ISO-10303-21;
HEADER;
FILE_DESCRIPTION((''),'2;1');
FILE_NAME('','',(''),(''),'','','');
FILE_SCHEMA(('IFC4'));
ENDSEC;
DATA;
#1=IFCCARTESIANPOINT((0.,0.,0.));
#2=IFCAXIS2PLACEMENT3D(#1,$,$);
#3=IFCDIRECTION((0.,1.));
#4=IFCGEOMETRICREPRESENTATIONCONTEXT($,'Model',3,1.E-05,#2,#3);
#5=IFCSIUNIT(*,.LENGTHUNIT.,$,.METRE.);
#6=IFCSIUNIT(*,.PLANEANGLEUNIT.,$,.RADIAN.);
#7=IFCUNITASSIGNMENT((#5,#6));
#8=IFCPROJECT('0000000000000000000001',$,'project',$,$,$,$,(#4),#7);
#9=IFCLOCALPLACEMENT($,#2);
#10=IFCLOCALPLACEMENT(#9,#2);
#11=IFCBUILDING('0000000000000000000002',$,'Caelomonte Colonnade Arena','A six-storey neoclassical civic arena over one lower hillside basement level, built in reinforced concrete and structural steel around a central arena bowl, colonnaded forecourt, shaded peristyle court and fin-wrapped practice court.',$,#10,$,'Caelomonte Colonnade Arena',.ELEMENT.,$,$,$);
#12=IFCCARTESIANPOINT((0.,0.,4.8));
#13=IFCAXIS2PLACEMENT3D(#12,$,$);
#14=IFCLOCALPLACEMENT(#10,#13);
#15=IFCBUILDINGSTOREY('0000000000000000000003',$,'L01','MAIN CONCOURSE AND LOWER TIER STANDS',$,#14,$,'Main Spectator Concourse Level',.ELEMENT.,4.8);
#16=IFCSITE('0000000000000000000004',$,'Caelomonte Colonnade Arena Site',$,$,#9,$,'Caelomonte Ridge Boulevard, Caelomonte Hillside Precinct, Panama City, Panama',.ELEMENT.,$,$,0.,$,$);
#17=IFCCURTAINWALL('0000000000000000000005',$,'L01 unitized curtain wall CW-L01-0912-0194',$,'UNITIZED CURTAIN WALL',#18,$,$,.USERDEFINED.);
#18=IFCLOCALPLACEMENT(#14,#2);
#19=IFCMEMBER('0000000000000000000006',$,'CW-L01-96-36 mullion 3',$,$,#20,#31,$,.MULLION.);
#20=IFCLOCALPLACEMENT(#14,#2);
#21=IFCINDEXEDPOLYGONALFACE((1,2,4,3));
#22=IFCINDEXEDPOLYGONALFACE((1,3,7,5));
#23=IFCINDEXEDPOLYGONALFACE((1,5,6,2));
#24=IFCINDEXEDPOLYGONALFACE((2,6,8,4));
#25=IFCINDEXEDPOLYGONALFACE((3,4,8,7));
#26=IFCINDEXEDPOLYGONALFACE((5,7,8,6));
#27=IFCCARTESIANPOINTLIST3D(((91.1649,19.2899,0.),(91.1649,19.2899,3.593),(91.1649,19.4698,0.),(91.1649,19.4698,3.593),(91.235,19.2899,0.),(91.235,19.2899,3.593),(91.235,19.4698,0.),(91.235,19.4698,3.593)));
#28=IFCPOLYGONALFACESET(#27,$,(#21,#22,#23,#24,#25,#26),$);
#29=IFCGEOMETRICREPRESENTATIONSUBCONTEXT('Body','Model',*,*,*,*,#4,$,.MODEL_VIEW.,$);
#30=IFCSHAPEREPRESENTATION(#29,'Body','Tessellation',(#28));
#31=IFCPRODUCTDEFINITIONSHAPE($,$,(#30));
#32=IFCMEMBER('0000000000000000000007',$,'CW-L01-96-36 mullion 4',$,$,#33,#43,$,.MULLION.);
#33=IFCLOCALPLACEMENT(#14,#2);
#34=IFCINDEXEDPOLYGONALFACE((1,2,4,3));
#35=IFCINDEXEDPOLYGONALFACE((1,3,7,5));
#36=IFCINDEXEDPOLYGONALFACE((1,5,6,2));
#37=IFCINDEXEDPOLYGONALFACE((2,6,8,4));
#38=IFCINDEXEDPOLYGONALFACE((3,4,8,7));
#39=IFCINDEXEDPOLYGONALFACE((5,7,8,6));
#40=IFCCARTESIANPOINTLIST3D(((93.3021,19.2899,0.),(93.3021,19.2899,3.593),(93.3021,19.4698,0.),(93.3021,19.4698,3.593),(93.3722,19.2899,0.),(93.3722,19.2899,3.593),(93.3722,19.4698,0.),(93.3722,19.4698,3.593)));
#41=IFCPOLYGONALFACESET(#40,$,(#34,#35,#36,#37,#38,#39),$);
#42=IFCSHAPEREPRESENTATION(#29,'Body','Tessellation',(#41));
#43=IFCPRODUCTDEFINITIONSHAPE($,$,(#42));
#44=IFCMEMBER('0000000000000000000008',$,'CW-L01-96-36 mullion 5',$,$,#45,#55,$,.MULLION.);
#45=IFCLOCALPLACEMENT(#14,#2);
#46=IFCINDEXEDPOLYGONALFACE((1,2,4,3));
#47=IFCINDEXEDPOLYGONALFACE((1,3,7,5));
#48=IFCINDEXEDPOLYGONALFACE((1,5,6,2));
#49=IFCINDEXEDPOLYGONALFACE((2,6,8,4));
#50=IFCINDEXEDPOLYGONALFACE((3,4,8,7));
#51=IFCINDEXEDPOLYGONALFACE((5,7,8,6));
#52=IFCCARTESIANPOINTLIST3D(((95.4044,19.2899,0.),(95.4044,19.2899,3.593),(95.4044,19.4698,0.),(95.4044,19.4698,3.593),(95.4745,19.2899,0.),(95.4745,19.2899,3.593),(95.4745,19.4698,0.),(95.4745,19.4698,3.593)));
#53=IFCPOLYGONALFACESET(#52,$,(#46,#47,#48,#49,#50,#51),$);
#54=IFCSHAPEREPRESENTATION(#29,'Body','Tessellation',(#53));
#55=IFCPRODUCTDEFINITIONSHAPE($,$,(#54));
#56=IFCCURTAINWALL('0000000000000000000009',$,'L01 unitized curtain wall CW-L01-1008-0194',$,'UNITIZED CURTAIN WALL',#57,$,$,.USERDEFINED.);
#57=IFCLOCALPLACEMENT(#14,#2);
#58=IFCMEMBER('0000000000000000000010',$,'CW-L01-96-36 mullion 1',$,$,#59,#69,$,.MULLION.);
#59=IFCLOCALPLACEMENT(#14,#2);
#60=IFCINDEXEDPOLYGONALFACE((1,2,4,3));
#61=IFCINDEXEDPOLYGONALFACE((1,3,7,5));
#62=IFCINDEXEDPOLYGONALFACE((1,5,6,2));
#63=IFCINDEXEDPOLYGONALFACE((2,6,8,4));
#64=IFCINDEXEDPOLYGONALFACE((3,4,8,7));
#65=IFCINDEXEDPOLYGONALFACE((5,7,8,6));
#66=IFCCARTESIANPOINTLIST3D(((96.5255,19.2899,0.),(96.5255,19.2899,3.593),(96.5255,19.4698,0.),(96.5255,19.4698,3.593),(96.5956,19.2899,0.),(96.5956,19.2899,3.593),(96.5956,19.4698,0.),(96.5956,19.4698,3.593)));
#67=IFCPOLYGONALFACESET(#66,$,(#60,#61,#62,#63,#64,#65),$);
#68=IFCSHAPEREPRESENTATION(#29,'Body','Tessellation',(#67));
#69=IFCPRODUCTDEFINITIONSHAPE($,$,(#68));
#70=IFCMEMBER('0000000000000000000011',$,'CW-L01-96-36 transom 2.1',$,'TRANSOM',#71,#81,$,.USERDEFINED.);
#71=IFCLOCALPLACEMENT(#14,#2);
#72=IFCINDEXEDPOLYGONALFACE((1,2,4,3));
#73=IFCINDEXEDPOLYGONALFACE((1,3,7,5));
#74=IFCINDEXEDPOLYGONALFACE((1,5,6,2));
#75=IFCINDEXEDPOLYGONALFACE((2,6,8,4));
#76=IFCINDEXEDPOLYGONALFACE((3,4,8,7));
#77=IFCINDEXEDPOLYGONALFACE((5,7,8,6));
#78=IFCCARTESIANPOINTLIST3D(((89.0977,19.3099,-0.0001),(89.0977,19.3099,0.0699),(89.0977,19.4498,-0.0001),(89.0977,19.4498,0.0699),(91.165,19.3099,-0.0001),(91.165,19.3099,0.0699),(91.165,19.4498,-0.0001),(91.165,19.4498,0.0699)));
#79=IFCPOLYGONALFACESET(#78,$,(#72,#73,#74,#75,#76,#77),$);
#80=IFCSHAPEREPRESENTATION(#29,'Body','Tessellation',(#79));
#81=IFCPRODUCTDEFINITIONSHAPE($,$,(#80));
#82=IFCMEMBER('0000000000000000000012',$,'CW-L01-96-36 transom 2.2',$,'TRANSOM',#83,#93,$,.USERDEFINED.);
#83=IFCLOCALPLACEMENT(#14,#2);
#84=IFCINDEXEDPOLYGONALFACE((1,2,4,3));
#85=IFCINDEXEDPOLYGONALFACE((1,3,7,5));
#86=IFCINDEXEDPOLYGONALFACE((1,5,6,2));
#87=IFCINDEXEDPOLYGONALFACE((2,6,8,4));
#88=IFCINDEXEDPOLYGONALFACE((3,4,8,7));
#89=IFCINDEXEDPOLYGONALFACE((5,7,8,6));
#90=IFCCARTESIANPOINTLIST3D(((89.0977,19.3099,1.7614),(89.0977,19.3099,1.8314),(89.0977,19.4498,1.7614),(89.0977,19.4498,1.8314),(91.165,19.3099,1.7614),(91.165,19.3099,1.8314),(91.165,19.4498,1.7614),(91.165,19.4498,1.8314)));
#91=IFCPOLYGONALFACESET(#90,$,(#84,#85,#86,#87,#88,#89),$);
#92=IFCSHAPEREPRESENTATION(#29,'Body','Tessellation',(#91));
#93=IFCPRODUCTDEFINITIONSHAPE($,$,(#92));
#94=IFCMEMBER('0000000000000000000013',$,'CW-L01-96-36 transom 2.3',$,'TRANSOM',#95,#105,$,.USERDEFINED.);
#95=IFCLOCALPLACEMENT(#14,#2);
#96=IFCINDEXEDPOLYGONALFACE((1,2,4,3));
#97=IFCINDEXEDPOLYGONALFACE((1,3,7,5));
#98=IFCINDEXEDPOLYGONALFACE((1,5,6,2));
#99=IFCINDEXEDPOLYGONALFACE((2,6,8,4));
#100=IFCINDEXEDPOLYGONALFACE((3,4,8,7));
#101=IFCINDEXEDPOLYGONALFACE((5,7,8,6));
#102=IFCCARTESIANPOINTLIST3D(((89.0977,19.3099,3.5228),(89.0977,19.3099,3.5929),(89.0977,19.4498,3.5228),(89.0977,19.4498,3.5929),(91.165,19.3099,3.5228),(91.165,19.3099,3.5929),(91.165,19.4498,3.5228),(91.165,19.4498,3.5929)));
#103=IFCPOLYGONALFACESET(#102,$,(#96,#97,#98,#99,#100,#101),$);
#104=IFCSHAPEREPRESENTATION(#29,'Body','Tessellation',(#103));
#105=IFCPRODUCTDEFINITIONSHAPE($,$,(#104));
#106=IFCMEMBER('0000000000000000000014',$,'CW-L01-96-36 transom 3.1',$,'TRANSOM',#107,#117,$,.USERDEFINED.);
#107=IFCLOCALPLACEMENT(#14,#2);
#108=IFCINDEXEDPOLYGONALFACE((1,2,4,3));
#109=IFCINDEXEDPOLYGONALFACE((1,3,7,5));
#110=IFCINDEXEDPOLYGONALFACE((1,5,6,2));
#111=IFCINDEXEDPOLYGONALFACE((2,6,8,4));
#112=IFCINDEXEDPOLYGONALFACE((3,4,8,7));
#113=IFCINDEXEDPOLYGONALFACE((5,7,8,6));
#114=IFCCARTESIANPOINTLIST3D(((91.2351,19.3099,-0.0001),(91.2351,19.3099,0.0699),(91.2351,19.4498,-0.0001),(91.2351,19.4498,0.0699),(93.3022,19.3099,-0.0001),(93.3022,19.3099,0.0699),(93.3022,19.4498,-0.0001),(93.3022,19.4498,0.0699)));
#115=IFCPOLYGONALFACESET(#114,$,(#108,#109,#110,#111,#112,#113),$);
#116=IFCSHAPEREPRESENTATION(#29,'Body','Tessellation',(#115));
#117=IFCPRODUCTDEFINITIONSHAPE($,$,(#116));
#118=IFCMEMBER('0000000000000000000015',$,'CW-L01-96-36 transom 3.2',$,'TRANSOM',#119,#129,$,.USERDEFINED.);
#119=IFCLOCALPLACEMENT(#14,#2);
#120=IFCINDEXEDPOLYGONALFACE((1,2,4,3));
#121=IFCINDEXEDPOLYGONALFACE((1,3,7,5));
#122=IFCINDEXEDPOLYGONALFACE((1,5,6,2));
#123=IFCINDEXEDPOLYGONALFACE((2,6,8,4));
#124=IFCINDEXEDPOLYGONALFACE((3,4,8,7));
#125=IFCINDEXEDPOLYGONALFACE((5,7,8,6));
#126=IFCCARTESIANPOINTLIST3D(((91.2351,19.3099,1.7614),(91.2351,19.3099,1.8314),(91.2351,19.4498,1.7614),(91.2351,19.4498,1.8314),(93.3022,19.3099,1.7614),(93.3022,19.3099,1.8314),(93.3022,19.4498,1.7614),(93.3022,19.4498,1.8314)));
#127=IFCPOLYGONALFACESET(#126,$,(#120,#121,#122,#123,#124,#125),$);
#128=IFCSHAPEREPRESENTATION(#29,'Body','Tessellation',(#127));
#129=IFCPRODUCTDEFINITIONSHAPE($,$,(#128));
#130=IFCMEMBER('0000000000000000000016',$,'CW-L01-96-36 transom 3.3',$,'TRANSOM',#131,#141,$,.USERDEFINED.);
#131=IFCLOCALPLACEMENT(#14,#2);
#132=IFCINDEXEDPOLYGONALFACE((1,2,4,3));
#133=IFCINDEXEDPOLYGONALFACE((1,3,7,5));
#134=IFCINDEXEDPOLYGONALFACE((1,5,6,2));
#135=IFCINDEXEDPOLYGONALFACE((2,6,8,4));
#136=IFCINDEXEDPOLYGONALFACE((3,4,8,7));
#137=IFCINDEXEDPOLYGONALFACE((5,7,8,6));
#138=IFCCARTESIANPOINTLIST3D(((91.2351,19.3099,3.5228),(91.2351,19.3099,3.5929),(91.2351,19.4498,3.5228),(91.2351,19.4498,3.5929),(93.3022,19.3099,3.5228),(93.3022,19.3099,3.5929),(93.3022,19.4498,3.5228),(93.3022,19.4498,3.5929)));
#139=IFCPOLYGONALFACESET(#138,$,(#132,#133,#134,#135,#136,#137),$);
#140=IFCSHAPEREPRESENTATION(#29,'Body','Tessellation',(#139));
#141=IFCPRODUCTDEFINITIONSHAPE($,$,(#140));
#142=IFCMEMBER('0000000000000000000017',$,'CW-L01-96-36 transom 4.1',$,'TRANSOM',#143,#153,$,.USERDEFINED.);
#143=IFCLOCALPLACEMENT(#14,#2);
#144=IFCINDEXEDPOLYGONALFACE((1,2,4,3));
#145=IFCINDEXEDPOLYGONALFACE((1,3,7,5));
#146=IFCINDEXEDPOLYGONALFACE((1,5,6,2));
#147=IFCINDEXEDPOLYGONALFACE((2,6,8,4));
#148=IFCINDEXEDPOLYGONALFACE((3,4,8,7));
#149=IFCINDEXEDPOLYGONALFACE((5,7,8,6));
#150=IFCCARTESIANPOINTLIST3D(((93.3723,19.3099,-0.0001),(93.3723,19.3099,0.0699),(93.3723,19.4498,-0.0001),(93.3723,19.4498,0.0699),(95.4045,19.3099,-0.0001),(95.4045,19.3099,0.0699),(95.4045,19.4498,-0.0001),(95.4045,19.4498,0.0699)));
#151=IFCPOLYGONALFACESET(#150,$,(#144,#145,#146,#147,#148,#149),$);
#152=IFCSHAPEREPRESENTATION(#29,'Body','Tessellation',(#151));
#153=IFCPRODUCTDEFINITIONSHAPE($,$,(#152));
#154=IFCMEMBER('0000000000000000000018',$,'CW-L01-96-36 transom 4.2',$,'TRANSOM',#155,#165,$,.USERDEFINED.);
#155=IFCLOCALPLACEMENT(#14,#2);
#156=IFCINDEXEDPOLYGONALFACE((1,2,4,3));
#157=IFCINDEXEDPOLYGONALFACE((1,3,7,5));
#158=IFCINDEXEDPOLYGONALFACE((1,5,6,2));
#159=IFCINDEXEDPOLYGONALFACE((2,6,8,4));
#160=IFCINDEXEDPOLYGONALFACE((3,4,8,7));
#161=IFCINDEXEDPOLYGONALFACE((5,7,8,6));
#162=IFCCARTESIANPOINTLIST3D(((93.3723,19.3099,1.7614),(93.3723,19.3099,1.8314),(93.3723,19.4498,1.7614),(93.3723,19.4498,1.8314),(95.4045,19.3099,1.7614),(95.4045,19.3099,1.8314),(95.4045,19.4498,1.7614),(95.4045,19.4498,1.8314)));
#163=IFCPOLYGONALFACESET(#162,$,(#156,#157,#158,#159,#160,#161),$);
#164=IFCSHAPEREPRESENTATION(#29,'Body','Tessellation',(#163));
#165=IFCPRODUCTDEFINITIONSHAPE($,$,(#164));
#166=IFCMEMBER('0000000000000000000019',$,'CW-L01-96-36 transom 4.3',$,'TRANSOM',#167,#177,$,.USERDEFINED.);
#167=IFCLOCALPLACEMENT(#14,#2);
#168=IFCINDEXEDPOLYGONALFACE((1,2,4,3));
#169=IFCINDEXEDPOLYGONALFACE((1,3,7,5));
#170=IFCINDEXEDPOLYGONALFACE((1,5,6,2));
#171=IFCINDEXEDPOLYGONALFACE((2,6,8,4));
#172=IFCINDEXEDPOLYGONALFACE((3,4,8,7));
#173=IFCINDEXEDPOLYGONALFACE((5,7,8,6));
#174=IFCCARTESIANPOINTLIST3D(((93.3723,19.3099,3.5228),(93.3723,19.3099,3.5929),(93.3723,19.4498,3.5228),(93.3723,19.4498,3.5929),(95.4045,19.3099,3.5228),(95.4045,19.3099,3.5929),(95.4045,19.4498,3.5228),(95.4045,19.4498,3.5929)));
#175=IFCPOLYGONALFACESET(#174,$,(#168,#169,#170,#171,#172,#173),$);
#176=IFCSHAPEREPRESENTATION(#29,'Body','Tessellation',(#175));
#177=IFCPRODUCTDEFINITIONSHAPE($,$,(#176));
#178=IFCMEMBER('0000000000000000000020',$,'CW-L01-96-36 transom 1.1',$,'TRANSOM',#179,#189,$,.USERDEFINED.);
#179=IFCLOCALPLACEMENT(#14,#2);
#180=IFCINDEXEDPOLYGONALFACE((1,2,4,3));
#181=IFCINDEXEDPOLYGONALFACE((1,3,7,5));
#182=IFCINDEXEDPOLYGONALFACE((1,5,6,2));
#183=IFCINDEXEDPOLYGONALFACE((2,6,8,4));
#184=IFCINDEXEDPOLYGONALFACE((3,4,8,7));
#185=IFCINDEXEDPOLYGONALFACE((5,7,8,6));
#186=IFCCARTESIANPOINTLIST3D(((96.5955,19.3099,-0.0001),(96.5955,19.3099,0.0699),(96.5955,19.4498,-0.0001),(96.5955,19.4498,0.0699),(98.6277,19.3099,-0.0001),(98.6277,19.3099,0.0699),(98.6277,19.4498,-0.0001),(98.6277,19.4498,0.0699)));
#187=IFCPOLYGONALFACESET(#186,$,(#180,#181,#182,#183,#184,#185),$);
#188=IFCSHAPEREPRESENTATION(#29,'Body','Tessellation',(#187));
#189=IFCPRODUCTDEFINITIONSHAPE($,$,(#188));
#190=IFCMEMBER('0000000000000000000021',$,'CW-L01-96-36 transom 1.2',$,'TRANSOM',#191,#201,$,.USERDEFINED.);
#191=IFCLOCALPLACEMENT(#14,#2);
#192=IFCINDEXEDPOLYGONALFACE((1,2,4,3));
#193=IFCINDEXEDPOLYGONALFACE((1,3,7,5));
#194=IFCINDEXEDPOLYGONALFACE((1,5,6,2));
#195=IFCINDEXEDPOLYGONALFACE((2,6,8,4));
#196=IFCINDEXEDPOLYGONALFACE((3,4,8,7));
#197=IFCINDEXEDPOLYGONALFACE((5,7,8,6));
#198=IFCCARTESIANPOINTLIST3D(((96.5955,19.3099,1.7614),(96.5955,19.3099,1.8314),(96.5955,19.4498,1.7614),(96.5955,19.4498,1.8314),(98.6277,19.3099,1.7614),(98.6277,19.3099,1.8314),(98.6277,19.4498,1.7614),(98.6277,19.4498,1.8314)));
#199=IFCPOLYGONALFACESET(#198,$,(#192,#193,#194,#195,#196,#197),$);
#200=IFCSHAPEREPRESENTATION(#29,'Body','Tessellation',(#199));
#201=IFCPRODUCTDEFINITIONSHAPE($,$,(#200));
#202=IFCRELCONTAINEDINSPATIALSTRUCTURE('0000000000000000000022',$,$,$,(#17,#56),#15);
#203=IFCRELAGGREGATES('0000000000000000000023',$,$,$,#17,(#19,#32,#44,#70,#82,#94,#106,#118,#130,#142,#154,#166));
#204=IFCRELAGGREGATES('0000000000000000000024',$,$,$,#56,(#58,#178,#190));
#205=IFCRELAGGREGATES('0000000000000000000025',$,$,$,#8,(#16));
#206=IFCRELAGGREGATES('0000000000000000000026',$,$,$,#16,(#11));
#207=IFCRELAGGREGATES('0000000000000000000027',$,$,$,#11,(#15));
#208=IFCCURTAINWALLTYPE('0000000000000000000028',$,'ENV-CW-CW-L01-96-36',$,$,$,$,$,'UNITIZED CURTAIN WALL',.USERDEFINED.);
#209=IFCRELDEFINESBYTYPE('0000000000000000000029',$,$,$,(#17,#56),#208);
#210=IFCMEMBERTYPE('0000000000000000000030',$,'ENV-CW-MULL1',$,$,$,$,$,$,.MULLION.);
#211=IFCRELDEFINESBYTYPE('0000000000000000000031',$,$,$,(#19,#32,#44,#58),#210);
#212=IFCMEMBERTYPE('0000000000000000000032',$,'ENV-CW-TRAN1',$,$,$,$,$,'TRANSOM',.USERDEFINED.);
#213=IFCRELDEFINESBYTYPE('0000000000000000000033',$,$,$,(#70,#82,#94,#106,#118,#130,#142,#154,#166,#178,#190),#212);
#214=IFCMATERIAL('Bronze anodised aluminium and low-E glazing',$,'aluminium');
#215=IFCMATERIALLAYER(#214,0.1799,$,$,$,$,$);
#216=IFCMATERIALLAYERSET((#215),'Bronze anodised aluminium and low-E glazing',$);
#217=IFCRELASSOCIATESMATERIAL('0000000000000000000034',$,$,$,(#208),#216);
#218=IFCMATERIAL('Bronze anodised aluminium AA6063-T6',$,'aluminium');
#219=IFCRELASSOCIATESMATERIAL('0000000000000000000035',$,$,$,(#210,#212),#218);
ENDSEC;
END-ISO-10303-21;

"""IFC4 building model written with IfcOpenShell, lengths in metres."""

from ifc_helpers import new_model, si_unit, direction, frame, origin, origin_2d, place, context, subcontext, project, spatial, rectangle, extrude, material, layer, layer_set, material_profile, profile_set, type_object, element, aggregate, save


model = new_model("IFC4")

# Units and contexts
model_context = context("Model", 3, precision=1e-05, world=origin(), true_north=direction((0.0, 1.0)))
body_context = subcontext(model_context, "Body", "Model", "MODEL_VIEW")
ifc_project = project(units=[si_unit("LENGTHUNIT", "METRE"), si_unit("PLANEANGLEUNIT", "RADIAN")], contexts=[model_context])

# Site, building, storey
site_placement = place(None, origin())
site = spatial("IfcSite", under=ifc_project, at=site_placement, Name="Caelomonte Colonnade Arena Site", LongName="Caelomonte Ridge Boulevard, Caelomonte Hillside Precinct, Panama City, Panama", CompositionType="ELEMENT", RefElevation=0.0)
building_placement = place(site_placement, origin())
building = spatial("IfcBuilding", under=site, at=building_placement, Name="Caelomonte Colonnade Arena", Description="A six-storey neoclassical civic arena over one lower hillside basement level, built in reinforced concrete and structural steel around a central arena bowl, colonnaded forecourt, shaded peristyle court and fin-wrapped practice court.", LongName="Caelomonte Colonnade Arena", CompositionType="ELEMENT")
storey_placement = place(building_placement, frame((0.0, 0.0, 4.8)))
storey = spatial("IfcBuildingStorey", under=building, at=storey_placement, Name="L01", Description="MAIN CONCOURSE AND LOWER TIER STANDS", LongName="Main Spectator Concourse Level", CompositionType="ELEMENT", Elevation=4.8)

# Curtain wall, members
ifc_material_1 = material(Name="Bronze anodised aluminium and low-E glazing", Category="aluminium")
ifc_layer_1 = layer(ifc_material_1, 0.1799)
ifc_layer_set_1 = layer_set([ifc_layer_1], Name="Bronze anodised aluminium and low-E glazing")
curtain_wall_type = type_object("IfcCurtainWallType", Name="ENV-CW-CW-L01-96-36", ElementType="UNITIZED CURTAIN WALL", PredefinedType="USERDEFINED", material=ifc_layer_set_1)
curtain_wall_1_placement = place(storey_placement, origin())
curtain_wall_1 = element("IfcCurtainWall", 1, at=curtain_wall_1_placement, inside=storey, type_object=curtain_wall_type, Name="L01 unitized curtain wall CW-L01-0912-0194", ObjectType="UNITIZED CURTAIN WALL", PredefinedType="USERDEFINED")
ifc_material_2 = material(Name="Bronze anodised aluminium AA6063-T6", Category="aluminium")
ifc_material_profile_1 = material_profile(ifc_material_2, rectangle(XDim=0.0701, YDim=0.1799, at=origin_2d()), Name="CWM-70X180")
ifc_profile_set_1 = profile_set([ifc_material_profile_1], Name="Bronze anodised aluminium AA6063-T6")
member_type_1 = type_object("IfcMemberType", Name="ENV-CW-MULL1", PredefinedType="MULLION", material=ifc_profile_set_1)
member_1_placement = place(storey_placement, frame((91.2, 19.3799, 0.0), z_axis=(0.0, 0.0, 1.0), x_axis=(1.0, 0.0, 0.0)))
member_1 = element("IfcMember", 2, at=member_1_placement, type_object=member_type_1, Name="CW-L01-96-36 mullion 3", PredefinedType="MULLION", context=body_context, shape_type="SweptSolid", body=[
    extrude(rectangle(XDim=0.0701, YDim=0.1799, at=origin_2d()), origin(), (0.0, 0.0, 1.0), 3.593),
])
member_2_placement = place(storey_placement, frame((93.3372, 19.3799, 0.0), z_axis=(0.0, 0.0, 1.0), x_axis=(1.0, 0.0, 0.0)))
member_2 = element("IfcMember", 3, at=member_2_placement, type_object=member_type_1, Name="CW-L01-96-36 mullion 4", PredefinedType="MULLION", context=body_context, shape_type="SweptSolid", body=[
    extrude(rectangle(XDim=0.0701, YDim=0.1799, at=origin_2d()), origin(), (0.0, 0.0, 1.0), 3.593),
])
member_3_placement = place(storey_placement, frame((95.4395, 19.3799, 0.0), z_axis=(0.0, 0.0, 1.0), x_axis=(1.0, 0.0, 0.0)))
member_3 = element("IfcMember", 4, at=member_3_placement, type_object=member_type_1, Name="CW-L01-96-36 mullion 5", PredefinedType="MULLION", context=body_context, shape_type="SweptSolid", body=[
    extrude(rectangle(XDim=0.0701, YDim=0.1799, at=origin_2d()), origin(), (0.0, 0.0, 1.0), 3.593),
])

# Curtain wall, member
curtain_wall_2_placement = place(storey_placement, origin())
curtain_wall_2 = element("IfcCurtainWall", 5, at=curtain_wall_2_placement, inside=storey, type_object=curtain_wall_type, Name="L01 unitized curtain wall CW-L01-1008-0194", ObjectType="UNITIZED CURTAIN WALL", PredefinedType="USERDEFINED")
member_4_placement = place(storey_placement, frame((96.5605, 19.3799, 0.0), z_axis=(0.0, 0.0, 1.0), x_axis=(1.0, 0.0, 0.0)))
member_4 = element("IfcMember", 6, at=member_4_placement, type_object=member_type_1, Name="CW-L01-96-36 mullion 1", PredefinedType="MULLION", context=body_context, shape_type="SweptSolid", body=[
    extrude(rectangle(XDim=0.0701, YDim=0.1799, at=origin_2d()), origin(), (0.0, 0.0, 1.0), 3.593),
])

# Members
ifc_material_profile_2 = material_profile(ifc_material_2, rectangle(XDim=0.0701, YDim=0.1399, at=origin_2d()), Name="CWT-70X140")
ifc_profile_set_2 = profile_set([ifc_material_profile_2], Name="Bronze anodised aluminium AA6063-T6")
member_type_2 = type_object("IfcMemberType", Name="ENV-CW-TRAN1", ElementType="TRANSOM", PredefinedType="USERDEFINED", material=ifc_profile_set_2)
member_5_placement = place(storey_placement, frame((89.0977, 19.3799, 0.0349), z_axis=(1.0, 0.0, 0.0), x_axis=(0.0, 0.0, 1.0)))
member_5 = element("IfcMember", 7, at=member_5_placement, type_object=member_type_2, Name="CW-L01-96-36 transom 2.1", ObjectType="TRANSOM", PredefinedType="USERDEFINED", context=body_context, shape_type="SweptSolid", body=[
    extrude(rectangle(XDim=0.0701, YDim=0.1399, at=origin_2d()), origin(), (0.0, 0.0, 1.0), 2.0674),
])
member_6_placement = place(storey_placement, frame((89.0977, 19.3799, 1.7964), z_axis=(1.0, 0.0, 0.0), x_axis=(0.0, 0.0, 1.0)))
member_6 = element("IfcMember", 8, at=member_6_placement, type_object=member_type_2, Name="CW-L01-96-36 transom 2.2", ObjectType="TRANSOM", PredefinedType="USERDEFINED", context=body_context, shape_type="SweptSolid", body=[
    extrude(rectangle(XDim=0.0701, YDim=0.1399, at=origin_2d()), origin(), (0.0, 0.0, 1.0), 2.0674),
])
member_7_placement = place(storey_placement, frame((89.0977, 19.3799, 3.5579), z_axis=(1.0, 0.0, 0.0), x_axis=(0.0, 0.0, 1.0)))
member_7 = element("IfcMember", 9, at=member_7_placement, type_object=member_type_2, Name="CW-L01-96-36 transom 2.3", ObjectType="TRANSOM", PredefinedType="USERDEFINED", context=body_context, shape_type="SweptSolid", body=[
    extrude(rectangle(XDim=0.0701, YDim=0.1399, at=origin_2d()), origin(), (0.0, 0.0, 1.0), 2.0674),
])
member_8_placement = place(storey_placement, frame((91.2351, 19.3799, 0.0349), z_axis=(1.0, 0.0, 0.0), x_axis=(0.0, 0.0, 1.0)))
member_8 = element("IfcMember", 10, at=member_8_placement, type_object=member_type_2, Name="CW-L01-96-36 transom 3.1", ObjectType="TRANSOM", PredefinedType="USERDEFINED", context=body_context, shape_type="SweptSolid", body=[
    extrude(rectangle(XDim=0.0701, YDim=0.1399, at=origin_2d()), origin(), (0.0, 0.0, 1.0), 2.0671),
])
member_9_placement = place(storey_placement, frame((91.2351, 19.3799, 1.7964), z_axis=(1.0, 0.0, 0.0), x_axis=(0.0, 0.0, 1.0)))
member_9 = element("IfcMember", 11, at=member_9_placement, type_object=member_type_2, Name="CW-L01-96-36 transom 3.2", ObjectType="TRANSOM", PredefinedType="USERDEFINED", context=body_context, shape_type="SweptSolid", body=[
    extrude(rectangle(XDim=0.0701, YDim=0.1399, at=origin_2d()), origin(), (0.0, 0.0, 1.0), 2.0671),
])
member_10_placement = place(storey_placement, frame((91.2351, 19.3799, 3.5579), z_axis=(1.0, 0.0, 0.0), x_axis=(0.0, 0.0, 1.0)))
member_10 = element("IfcMember", 12, at=member_10_placement, type_object=member_type_2, Name="CW-L01-96-36 transom 3.3", ObjectType="TRANSOM", PredefinedType="USERDEFINED", context=body_context, shape_type="SweptSolid", body=[
    extrude(rectangle(XDim=0.0701, YDim=0.1399, at=origin_2d()), origin(), (0.0, 0.0, 1.0), 2.0671),
])
member_11_placement = place(storey_placement, frame((93.3723, 19.3799, 0.0349), z_axis=(1.0, 0.0, 0.0), x_axis=(0.0, 0.0, 1.0)))
member_11 = element("IfcMember", 13, at=member_11_placement, type_object=member_type_2, Name="CW-L01-96-36 transom 4.1", ObjectType="TRANSOM", PredefinedType="USERDEFINED", context=body_context, shape_type="SweptSolid", body=[
    extrude(rectangle(XDim=0.0701, YDim=0.1399, at=origin_2d()), origin(), (0.0, 0.0, 1.0), 2.0322),
])
member_12_placement = place(storey_placement, frame((93.3723, 19.3799, 1.7964), z_axis=(1.0, 0.0, 0.0), x_axis=(0.0, 0.0, 1.0)))
member_12 = element("IfcMember", 14, at=member_12_placement, type_object=member_type_2, Name="CW-L01-96-36 transom 4.2", ObjectType="TRANSOM", PredefinedType="USERDEFINED", context=body_context, shape_type="SweptSolid", body=[
    extrude(rectangle(XDim=0.0701, YDim=0.1399, at=origin_2d()), origin(), (0.0, 0.0, 1.0), 2.0322),
])
member_13_placement = place(storey_placement, frame((93.3723, 19.3799, 3.5579), z_axis=(1.0, 0.0, 0.0), x_axis=(0.0, 0.0, 1.0)))
member_13 = element("IfcMember", 15, at=member_13_placement, type_object=member_type_2, Name="CW-L01-96-36 transom 4.3", ObjectType="TRANSOM", PredefinedType="USERDEFINED", context=body_context, shape_type="SweptSolid", body=[
    extrude(rectangle(XDim=0.0701, YDim=0.1399, at=origin_2d()), origin(), (0.0, 0.0, 1.0), 2.0322),
])
member_14_placement = place(storey_placement, frame((96.5955, 19.3799, 0.0349), z_axis=(1.0, 0.0, 0.0), x_axis=(0.0, 0.0, 1.0)))
member_14 = element("IfcMember", 16, at=member_14_placement, type_object=member_type_2, Name="CW-L01-96-36 transom 1.1", ObjectType="TRANSOM", PredefinedType="USERDEFINED", context=body_context, shape_type="SweptSolid", body=[
    extrude(rectangle(XDim=0.0701, YDim=0.1399, at=origin_2d()), origin(), (0.0, 0.0, 1.0), 2.0322),
])
member_15_placement = place(storey_placement, frame((96.5955, 19.3799, 1.7964), z_axis=(1.0, 0.0, 0.0), x_axis=(0.0, 0.0, 1.0)))
member_15 = element("IfcMember", 17, at=member_15_placement, type_object=member_type_2, Name="CW-L01-96-36 transom 1.2", ObjectType="TRANSOM", PredefinedType="USERDEFINED", context=body_context, shape_type="SweptSolid", body=[
    extrude(rectangle(XDim=0.0701, YDim=0.1399, at=origin_2d()), origin(), (0.0, 0.0, 1.0), 2.0322),
])

aggregate(curtain_wall_1, [member_1, member_2, member_3, member_5, member_6, member_7, member_8, member_9, member_10, member_11, member_12, member_13])
aggregate(curtain_wall_2, [member_4, member_14, member_15])

save(model, "model.ifc")
